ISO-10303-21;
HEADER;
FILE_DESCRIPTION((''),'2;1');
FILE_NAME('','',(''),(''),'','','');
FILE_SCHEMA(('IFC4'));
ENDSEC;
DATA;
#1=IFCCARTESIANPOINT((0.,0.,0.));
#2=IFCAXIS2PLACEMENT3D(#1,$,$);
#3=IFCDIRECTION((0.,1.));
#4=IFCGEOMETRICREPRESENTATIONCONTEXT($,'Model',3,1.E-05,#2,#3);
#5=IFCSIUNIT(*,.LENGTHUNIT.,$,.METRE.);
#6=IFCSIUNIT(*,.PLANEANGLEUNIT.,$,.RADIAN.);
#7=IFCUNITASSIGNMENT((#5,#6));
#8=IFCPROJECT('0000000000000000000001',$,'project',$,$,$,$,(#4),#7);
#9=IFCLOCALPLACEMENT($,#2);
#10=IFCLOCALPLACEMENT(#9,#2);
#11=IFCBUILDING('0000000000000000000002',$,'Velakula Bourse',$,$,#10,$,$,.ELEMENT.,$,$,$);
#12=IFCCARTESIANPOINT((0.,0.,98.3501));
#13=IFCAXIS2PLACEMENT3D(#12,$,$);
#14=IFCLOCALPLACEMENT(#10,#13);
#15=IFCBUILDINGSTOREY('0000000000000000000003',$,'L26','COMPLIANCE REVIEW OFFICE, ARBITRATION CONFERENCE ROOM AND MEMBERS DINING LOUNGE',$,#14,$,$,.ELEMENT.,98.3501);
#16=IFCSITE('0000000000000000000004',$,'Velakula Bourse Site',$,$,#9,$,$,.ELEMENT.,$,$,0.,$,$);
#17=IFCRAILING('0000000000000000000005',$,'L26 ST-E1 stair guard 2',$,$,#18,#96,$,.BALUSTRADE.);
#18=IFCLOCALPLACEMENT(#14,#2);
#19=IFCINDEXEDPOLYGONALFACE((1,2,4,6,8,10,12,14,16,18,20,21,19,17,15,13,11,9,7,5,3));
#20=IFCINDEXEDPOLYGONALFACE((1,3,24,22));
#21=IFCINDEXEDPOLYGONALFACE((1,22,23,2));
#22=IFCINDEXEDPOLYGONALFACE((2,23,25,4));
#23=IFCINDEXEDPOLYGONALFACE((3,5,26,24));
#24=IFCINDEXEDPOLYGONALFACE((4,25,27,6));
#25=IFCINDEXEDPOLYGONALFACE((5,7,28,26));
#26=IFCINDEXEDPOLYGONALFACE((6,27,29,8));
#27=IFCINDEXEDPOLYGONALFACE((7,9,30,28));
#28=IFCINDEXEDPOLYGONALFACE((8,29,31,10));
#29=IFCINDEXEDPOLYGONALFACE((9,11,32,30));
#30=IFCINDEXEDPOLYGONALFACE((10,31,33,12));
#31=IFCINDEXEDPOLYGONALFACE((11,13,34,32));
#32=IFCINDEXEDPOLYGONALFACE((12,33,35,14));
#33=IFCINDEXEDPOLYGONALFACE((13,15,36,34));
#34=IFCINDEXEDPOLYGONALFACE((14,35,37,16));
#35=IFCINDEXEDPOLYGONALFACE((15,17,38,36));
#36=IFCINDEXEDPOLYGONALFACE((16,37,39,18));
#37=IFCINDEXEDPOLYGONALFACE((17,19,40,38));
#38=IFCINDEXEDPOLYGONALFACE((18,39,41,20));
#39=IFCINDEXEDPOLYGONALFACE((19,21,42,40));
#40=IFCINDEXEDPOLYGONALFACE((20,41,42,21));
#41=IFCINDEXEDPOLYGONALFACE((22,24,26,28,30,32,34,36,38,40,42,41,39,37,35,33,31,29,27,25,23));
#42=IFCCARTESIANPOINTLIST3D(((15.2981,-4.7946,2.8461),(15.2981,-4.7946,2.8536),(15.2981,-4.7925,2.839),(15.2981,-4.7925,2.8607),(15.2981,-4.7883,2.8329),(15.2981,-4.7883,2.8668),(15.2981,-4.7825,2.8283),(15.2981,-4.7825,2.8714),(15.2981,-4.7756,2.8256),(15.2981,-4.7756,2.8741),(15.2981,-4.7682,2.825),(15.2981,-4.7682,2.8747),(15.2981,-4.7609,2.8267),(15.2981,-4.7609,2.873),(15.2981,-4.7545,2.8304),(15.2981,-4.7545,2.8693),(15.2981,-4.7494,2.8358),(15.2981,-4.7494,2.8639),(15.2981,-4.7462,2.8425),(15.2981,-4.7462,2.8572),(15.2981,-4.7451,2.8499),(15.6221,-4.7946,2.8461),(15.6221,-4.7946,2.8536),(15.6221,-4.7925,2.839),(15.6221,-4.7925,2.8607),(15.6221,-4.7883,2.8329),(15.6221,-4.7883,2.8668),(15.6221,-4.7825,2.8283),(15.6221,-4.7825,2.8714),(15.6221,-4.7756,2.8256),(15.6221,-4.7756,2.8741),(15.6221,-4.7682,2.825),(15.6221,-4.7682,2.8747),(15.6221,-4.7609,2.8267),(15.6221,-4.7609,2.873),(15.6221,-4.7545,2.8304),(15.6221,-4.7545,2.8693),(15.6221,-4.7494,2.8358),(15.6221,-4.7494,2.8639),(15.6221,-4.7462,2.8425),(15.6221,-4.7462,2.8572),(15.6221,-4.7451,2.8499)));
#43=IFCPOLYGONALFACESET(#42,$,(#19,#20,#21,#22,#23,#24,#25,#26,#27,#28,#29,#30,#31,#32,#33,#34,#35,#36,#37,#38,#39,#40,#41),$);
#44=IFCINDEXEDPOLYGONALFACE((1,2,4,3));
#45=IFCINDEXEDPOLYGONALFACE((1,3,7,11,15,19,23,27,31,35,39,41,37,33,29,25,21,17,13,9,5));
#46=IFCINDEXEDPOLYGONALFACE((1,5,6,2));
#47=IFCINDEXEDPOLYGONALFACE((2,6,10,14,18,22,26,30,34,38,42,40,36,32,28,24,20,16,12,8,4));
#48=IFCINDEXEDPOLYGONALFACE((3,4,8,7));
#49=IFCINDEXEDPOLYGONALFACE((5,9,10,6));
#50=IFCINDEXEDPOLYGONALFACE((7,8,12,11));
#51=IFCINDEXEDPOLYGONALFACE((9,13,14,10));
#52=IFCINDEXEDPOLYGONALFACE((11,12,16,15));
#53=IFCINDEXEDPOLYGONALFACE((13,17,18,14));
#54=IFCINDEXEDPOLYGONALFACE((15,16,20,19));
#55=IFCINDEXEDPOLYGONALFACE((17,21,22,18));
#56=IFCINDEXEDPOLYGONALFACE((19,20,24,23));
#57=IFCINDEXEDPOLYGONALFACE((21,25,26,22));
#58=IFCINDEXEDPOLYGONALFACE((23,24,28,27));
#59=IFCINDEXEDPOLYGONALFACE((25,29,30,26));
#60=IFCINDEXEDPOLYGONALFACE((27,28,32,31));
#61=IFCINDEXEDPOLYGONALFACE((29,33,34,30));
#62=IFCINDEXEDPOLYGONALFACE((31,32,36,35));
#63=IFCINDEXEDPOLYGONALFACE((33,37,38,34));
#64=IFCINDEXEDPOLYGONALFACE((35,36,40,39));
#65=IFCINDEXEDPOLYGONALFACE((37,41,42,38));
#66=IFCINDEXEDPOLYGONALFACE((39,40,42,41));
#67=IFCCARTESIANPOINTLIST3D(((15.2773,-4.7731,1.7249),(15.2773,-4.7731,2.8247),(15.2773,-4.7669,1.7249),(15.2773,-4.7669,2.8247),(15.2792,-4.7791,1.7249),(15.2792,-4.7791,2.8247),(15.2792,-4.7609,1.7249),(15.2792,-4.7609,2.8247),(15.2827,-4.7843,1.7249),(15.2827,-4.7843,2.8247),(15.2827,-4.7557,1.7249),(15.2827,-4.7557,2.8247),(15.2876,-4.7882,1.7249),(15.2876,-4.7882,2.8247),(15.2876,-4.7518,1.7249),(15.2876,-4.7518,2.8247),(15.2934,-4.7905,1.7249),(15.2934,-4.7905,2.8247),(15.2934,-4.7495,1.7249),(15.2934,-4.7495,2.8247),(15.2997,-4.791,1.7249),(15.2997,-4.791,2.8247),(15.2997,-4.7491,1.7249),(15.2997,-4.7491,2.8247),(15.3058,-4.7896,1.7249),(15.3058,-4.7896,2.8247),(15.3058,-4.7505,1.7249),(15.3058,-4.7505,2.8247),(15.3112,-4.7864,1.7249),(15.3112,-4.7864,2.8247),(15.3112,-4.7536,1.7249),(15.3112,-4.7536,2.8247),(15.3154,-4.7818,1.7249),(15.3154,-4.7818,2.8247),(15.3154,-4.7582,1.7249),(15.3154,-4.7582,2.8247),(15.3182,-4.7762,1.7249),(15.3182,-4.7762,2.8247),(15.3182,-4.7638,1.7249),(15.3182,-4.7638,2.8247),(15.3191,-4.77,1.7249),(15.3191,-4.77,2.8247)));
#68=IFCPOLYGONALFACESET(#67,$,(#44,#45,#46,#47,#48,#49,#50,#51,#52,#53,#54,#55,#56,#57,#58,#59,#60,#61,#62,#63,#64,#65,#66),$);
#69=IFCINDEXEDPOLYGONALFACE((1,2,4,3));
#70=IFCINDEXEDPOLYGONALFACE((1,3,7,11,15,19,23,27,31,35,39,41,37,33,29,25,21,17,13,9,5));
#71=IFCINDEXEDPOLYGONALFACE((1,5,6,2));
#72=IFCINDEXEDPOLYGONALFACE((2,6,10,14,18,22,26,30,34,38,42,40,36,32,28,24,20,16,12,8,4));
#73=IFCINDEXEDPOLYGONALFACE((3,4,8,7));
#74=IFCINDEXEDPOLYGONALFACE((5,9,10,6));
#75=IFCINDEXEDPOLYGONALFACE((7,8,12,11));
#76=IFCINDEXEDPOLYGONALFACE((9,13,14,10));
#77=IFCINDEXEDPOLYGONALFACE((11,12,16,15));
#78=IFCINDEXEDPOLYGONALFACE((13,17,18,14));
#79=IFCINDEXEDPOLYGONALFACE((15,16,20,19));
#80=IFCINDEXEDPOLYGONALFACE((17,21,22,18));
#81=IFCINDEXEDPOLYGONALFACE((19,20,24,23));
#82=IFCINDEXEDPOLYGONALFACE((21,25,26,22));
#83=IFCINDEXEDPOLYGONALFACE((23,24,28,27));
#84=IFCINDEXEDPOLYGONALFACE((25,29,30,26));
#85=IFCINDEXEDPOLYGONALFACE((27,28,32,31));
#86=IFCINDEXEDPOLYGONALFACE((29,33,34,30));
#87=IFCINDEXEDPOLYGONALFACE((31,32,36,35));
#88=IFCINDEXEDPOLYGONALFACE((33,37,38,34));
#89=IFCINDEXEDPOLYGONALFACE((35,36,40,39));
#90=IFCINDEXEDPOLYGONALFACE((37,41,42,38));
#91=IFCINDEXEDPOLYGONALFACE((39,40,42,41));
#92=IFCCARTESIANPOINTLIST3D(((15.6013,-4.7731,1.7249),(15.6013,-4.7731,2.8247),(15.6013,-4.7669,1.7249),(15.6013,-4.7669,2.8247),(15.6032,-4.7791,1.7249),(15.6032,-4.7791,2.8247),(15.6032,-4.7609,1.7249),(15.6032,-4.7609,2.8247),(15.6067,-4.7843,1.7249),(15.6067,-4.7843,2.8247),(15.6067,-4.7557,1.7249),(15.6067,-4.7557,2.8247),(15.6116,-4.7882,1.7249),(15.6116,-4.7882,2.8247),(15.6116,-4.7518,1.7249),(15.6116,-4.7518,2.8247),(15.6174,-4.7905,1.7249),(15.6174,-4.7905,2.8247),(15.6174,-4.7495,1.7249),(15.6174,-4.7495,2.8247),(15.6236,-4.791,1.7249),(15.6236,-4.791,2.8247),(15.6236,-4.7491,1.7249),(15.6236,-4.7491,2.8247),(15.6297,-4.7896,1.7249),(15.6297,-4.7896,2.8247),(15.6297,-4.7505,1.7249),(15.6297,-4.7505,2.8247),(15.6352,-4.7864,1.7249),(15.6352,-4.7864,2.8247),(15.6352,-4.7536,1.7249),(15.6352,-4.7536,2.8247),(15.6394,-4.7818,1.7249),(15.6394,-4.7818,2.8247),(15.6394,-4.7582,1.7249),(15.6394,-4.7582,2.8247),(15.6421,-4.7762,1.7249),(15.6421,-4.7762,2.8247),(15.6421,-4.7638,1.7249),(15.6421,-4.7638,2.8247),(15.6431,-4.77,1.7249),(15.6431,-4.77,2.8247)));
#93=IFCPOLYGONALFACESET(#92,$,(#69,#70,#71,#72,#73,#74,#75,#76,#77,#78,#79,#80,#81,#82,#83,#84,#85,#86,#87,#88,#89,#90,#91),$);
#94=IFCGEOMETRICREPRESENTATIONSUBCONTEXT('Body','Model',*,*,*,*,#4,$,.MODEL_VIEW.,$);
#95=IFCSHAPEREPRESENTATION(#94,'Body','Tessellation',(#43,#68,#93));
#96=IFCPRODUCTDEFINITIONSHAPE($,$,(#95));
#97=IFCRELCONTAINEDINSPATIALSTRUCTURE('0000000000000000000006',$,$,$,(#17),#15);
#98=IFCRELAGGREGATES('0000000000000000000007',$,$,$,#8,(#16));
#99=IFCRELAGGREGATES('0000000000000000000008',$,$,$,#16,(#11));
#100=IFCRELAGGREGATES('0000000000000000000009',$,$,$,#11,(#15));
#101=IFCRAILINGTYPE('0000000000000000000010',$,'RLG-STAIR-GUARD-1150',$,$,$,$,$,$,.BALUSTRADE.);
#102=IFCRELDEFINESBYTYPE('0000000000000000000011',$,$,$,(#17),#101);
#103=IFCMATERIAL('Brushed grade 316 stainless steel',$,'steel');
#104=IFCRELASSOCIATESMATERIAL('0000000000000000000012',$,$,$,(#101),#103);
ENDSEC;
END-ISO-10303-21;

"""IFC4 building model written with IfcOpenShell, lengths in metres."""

from ifc_helpers import new_model, si_unit, direction, frame, origin, origin_2d, place, context, subcontext, project, spatial, circle, extrude, material, type_object, element, save


model = new_model("IFC4")

# Units and contexts
model_context = context("Model", 3, precision=1e-05, world=origin(), true_north=direction((0.0, 1.0)))
body_context = subcontext(model_context, "Body", "Model", "MODEL_VIEW")
ifc_project = project(units=[si_unit("LENGTHUNIT", "METRE"), si_unit("PLANEANGLEUNIT", "RADIAN")], contexts=[model_context])

# Site, building, storey
site_placement = place(None, origin())
site = spatial("IfcSite", under=ifc_project, at=site_placement, Name="Velakula Bourse Site", CompositionType="ELEMENT", RefElevation=0.0)
building_placement = place(site_placement, origin())
building = spatial("IfcBuilding", under=site, at=building_placement, Name="Velakula Bourse", CompositionType="ELEMENT")
storey_placement = place(building_placement, frame((0.0, 0.0, 98.3501)))
storey = spatial("IfcBuildingStorey", under=building, at=storey_placement, Name="L26", Description="COMPLIANCE REVIEW OFFICE, ARBITRATION CONFERENCE ROOM AND MEMBERS DINING LOUNGE", CompositionType="ELEMENT", Elevation=98.3501)

# Railing
ifc_material_1 = material(Name="Brushed grade 316 stainless steel", Category="steel")
railing_type_1 = type_object("IfcRailingType", Name="RLG-STAIR-GUARD-1150", PredefinedType="BALUSTRADE", material=ifc_material_1)
railing_1_placement = place(storey_placement, frame((15.2981, -4.77, 1.7249)))
element("IfcRailing", 1, at=railing_1_placement, inside=storey, type_object=railing_type_1, Name="L26 ST-E1 stair guard 2", PredefinedType="BALUSTRADE", context=body_context, shape_type="SweptSolid", body=[
    extrude(circle(Radius=0.0249, at=origin_2d()), frame((0.0, 0.0, 1.125), z_axis=(1.0, 0.0, 0.0), x_axis=(0.0, 1.0, 0.0)), (0.0, 0.0, 1.0), 0.324),
    extrude(circle(Radius=0.021, at=origin_2d()), origin(), (0.0, 0.0, 1.0), 1.0999),
    extrude(circle(Radius=0.021, at=origin_2d()), frame((0.324, 0.0, 0.0)), (0.0, 0.0, 1.0), 1.0999),
])

save(model, "model.ifc")
